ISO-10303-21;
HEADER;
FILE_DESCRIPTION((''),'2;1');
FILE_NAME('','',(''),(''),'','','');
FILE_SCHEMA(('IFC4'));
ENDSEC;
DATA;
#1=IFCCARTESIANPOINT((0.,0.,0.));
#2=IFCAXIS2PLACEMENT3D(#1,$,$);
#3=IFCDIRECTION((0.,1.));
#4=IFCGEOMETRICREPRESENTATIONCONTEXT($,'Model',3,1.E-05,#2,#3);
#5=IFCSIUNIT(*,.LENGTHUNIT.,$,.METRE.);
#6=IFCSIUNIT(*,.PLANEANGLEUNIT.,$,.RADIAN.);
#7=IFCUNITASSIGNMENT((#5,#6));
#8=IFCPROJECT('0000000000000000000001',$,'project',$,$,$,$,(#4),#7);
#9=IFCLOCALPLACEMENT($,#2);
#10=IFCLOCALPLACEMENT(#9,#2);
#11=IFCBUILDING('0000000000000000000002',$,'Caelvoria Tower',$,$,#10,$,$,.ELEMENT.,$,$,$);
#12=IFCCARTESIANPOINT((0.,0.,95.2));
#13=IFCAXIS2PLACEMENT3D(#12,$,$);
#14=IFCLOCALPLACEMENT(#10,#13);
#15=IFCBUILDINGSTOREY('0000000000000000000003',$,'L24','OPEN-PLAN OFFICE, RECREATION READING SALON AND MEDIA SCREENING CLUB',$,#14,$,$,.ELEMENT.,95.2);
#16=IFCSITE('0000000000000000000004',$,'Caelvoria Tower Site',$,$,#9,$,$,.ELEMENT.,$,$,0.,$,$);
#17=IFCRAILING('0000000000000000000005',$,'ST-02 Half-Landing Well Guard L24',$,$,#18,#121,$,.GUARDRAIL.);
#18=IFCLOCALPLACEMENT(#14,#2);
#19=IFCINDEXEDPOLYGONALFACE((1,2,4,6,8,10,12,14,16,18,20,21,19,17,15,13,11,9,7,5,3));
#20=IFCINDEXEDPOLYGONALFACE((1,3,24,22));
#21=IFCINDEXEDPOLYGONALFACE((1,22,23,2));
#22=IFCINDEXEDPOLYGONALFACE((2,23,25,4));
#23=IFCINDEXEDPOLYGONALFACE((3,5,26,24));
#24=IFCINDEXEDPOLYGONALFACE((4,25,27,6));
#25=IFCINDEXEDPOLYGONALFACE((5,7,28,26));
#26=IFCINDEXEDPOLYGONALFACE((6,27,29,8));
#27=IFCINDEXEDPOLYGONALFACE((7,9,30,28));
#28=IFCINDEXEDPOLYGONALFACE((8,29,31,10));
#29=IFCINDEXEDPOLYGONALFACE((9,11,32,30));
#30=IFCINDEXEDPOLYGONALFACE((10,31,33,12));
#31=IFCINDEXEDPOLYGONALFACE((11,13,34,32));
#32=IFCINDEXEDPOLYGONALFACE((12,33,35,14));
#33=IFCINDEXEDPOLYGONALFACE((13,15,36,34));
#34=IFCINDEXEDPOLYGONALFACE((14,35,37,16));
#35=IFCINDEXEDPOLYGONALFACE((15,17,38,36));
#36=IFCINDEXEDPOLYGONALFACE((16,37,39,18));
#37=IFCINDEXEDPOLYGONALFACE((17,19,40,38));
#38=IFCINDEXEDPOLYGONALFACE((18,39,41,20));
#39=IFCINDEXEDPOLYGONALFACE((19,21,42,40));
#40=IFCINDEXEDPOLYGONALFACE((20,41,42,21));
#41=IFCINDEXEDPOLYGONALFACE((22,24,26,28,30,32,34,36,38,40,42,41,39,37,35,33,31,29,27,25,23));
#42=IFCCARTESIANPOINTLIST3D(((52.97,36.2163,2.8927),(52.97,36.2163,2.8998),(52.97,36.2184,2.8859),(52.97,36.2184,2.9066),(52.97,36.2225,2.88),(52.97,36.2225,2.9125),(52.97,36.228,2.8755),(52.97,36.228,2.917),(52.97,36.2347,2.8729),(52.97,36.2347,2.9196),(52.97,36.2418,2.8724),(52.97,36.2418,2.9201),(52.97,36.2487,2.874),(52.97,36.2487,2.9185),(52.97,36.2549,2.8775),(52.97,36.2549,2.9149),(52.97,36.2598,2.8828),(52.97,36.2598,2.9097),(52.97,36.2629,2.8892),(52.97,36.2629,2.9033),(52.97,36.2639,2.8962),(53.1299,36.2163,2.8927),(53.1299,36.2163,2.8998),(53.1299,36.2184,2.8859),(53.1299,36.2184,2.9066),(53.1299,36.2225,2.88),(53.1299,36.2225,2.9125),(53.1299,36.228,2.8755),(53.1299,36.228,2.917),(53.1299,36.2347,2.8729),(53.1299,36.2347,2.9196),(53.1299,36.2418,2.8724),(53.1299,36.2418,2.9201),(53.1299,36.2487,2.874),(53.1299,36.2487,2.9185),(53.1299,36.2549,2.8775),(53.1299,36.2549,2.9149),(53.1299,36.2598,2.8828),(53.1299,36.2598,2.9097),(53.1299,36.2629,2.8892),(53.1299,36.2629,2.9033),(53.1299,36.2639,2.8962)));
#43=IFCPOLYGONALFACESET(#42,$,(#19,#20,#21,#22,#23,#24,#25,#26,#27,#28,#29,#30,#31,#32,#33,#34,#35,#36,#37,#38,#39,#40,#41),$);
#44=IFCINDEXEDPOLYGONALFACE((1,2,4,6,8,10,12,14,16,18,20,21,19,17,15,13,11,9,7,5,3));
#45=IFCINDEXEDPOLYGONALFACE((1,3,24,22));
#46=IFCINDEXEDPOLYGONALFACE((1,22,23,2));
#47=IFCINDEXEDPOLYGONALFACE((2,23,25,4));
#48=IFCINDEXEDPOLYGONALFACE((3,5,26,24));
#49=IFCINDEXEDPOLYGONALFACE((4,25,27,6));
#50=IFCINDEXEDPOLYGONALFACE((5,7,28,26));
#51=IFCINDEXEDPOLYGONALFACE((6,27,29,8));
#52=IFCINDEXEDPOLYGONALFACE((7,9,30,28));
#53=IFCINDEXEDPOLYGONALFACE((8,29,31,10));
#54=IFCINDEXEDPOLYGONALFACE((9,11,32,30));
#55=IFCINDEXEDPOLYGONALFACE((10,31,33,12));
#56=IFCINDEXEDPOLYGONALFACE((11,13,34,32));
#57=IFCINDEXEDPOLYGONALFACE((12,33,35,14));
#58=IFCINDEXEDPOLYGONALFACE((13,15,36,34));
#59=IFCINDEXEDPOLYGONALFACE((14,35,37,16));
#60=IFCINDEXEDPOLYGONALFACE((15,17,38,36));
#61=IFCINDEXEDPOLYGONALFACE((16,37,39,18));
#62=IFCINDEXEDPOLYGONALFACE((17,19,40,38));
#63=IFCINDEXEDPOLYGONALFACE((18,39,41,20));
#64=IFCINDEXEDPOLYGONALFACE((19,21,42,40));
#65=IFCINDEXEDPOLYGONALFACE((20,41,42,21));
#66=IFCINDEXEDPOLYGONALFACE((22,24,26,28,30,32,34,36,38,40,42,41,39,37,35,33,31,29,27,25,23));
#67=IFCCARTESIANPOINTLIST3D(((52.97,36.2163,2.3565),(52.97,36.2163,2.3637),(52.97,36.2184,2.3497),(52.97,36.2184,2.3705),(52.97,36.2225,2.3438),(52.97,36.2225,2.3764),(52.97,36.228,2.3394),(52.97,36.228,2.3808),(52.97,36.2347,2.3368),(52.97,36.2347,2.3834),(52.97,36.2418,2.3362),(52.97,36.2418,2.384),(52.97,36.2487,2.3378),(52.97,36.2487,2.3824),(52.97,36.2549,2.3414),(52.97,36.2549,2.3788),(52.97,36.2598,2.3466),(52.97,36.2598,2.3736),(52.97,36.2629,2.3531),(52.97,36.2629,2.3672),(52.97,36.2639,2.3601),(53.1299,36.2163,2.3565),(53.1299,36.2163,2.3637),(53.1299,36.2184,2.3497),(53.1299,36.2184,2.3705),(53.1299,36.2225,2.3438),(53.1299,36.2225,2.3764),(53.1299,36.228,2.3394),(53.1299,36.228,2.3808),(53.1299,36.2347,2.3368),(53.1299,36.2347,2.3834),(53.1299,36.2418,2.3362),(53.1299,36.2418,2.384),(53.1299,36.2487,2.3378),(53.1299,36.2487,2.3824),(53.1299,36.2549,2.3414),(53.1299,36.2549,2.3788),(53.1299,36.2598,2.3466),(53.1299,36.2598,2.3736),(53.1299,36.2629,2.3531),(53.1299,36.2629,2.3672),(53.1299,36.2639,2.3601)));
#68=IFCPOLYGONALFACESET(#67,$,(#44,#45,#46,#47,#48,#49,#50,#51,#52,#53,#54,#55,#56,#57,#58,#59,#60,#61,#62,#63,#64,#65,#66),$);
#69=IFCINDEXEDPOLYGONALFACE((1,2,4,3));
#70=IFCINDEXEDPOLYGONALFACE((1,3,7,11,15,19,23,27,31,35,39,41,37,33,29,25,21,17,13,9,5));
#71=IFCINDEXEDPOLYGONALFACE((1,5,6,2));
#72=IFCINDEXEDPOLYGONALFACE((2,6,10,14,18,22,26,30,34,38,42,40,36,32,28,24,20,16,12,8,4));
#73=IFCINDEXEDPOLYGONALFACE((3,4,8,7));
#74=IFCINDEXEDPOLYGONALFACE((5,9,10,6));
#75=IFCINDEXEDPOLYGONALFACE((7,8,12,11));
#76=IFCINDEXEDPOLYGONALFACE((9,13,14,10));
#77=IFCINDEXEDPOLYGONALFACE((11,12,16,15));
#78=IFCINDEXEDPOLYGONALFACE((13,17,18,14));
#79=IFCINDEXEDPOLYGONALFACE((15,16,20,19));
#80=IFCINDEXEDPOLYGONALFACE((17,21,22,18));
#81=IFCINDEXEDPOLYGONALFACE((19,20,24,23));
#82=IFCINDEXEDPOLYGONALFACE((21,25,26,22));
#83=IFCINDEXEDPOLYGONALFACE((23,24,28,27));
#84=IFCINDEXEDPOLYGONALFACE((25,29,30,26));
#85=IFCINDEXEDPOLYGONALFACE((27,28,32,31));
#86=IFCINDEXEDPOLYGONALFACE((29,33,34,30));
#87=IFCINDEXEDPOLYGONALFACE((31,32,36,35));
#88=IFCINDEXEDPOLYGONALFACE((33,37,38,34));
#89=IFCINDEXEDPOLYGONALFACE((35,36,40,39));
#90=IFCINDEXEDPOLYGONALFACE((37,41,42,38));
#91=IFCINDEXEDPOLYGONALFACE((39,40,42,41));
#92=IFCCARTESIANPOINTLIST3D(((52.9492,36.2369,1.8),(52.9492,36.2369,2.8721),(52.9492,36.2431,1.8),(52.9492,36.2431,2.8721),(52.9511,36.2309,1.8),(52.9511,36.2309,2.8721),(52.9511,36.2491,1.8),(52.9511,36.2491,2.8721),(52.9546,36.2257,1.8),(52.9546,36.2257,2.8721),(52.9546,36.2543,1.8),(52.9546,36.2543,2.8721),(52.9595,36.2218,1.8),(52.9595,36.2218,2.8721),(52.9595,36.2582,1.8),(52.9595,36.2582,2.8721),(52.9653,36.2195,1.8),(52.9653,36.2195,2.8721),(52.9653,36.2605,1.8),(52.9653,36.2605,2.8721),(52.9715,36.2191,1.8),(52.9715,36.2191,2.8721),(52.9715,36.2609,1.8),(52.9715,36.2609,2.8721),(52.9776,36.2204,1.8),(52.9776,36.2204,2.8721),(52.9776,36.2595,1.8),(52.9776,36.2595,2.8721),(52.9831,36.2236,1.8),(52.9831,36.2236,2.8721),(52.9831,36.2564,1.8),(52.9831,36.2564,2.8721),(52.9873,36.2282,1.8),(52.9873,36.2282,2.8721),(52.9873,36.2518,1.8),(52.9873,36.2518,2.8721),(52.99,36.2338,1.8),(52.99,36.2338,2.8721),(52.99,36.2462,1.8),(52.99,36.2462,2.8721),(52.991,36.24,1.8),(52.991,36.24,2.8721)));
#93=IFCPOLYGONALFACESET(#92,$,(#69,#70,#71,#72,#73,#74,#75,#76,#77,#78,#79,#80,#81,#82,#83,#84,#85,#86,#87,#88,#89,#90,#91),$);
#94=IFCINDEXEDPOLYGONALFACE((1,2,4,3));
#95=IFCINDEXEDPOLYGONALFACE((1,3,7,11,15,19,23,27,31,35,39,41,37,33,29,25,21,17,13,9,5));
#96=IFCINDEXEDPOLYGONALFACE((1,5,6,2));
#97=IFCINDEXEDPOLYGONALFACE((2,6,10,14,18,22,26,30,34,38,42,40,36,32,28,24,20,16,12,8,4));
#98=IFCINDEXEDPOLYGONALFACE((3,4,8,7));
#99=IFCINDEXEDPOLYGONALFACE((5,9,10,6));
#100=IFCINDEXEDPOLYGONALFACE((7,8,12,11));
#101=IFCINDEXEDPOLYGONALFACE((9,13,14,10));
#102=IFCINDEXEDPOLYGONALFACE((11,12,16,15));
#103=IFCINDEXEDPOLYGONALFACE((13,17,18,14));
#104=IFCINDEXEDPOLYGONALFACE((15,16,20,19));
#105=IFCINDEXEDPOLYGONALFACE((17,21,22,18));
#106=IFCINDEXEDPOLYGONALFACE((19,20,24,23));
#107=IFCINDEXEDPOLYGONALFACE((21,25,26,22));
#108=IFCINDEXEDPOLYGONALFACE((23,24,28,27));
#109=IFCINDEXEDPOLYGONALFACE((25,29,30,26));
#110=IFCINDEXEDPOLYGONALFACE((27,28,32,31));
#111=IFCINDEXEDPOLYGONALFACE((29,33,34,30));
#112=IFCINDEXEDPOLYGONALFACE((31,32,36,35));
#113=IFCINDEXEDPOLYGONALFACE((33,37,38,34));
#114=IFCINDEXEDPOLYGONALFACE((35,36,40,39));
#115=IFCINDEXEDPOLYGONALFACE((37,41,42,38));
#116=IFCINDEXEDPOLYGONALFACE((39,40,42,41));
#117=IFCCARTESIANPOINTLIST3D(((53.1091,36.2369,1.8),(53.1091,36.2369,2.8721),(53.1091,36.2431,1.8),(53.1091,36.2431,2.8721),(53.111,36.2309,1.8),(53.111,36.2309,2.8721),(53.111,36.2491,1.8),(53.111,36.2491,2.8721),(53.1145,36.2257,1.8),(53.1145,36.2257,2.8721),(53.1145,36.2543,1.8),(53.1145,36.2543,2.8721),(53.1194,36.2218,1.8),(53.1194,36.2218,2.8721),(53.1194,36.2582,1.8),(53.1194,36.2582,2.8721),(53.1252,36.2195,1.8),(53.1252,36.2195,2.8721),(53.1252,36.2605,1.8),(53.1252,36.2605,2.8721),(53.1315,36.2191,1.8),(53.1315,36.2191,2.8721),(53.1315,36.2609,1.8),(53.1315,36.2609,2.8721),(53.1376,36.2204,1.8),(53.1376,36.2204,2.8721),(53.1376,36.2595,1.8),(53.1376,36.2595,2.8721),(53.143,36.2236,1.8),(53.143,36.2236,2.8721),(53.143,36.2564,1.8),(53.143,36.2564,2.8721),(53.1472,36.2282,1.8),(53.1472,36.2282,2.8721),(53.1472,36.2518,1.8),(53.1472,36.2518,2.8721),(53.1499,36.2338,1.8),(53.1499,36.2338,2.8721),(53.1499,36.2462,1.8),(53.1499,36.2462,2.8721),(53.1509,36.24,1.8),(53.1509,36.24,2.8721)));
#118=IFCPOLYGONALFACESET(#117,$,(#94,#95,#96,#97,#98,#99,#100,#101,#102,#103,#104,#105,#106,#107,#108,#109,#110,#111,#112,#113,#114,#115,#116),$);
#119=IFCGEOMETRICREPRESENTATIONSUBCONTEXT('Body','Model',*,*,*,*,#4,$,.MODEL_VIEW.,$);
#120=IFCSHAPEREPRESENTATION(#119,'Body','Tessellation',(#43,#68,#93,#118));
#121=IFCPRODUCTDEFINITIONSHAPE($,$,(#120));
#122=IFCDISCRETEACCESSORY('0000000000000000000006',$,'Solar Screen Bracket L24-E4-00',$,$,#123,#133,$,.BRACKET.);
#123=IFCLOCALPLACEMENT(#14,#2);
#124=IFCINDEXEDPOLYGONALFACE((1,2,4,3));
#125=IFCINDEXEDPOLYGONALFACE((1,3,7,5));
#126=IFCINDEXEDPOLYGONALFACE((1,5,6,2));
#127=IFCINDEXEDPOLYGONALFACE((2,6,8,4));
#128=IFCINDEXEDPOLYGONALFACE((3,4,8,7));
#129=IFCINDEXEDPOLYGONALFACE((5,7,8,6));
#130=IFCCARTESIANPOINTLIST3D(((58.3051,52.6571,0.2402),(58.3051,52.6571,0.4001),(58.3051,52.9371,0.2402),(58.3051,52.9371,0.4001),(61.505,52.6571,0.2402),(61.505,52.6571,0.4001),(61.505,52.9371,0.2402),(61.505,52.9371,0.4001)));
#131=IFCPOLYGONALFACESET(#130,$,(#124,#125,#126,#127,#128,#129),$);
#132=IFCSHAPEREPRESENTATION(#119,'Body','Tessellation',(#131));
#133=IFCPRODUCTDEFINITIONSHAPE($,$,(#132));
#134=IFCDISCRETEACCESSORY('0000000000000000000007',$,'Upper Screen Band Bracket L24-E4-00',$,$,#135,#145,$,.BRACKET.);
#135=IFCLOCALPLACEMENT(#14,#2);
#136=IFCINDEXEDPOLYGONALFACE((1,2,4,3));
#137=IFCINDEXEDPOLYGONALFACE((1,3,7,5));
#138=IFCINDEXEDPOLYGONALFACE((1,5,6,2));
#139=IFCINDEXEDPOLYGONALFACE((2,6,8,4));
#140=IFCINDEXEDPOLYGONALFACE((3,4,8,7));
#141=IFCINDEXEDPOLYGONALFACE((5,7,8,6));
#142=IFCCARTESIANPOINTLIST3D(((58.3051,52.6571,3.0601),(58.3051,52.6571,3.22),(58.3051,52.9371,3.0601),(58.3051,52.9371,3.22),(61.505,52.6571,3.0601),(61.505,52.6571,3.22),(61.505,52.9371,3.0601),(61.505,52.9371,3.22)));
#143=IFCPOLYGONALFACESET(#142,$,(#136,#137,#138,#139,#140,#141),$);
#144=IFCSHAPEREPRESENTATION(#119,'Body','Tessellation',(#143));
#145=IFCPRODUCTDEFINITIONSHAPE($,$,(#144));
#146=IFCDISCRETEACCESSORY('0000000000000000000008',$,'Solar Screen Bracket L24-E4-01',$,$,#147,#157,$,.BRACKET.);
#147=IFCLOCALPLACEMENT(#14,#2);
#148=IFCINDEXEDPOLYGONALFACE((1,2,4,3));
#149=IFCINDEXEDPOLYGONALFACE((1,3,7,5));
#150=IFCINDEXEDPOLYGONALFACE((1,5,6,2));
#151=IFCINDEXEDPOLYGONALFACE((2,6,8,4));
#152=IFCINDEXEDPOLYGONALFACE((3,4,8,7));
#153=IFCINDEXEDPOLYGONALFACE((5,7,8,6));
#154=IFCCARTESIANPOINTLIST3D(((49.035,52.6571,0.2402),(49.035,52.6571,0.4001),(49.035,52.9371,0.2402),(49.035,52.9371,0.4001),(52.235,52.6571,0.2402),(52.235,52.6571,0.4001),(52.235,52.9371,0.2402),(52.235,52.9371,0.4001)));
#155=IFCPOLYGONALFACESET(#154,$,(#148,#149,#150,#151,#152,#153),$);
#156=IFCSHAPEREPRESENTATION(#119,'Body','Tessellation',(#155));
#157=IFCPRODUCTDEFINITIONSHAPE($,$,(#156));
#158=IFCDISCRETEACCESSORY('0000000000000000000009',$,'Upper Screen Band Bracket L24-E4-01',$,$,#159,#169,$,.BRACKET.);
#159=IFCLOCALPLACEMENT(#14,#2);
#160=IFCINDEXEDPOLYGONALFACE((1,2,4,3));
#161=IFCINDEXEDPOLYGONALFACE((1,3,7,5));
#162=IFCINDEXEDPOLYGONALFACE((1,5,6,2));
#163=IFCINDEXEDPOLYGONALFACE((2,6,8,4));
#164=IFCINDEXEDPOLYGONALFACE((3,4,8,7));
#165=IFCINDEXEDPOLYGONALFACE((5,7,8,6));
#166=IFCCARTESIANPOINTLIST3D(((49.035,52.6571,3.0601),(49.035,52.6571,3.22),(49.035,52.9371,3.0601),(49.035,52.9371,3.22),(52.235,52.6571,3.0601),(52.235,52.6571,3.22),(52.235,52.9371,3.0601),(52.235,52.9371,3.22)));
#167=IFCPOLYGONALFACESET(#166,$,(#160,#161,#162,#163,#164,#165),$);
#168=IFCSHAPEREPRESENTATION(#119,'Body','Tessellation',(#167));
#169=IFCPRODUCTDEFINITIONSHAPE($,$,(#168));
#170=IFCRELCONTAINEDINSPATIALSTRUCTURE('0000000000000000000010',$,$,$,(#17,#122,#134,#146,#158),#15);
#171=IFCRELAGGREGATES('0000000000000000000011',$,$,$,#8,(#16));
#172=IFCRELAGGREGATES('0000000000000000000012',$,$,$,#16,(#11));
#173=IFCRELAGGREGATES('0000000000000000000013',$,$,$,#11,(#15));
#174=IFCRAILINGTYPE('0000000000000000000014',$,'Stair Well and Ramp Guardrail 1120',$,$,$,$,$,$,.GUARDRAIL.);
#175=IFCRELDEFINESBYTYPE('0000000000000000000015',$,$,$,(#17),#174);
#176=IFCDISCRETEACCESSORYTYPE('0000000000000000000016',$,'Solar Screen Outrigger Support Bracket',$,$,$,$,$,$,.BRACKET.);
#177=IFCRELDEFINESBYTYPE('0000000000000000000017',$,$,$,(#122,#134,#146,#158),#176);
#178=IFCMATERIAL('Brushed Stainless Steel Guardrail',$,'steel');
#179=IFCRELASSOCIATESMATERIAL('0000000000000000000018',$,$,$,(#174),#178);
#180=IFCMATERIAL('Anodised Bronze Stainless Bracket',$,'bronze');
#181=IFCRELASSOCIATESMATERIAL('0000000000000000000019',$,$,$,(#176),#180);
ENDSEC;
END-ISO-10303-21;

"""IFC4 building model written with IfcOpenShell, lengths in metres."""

from ifc_helpers import new_model, si_unit, direction, frame, origin, origin_2d, place, context, subcontext, project, spatial, rectangle, circle, extrude, material, type_object, element, save


model = new_model("IFC4")

# Units and contexts
model_context = context("Model", 3, precision=1e-05, world=origin(), true_north=direction((0.0, 1.0)))
body_context = subcontext(model_context, "Body", "Model", "MODEL_VIEW")
ifc_project = project(units=[si_unit("LENGTHUNIT", "METRE"), si_unit("PLANEANGLEUNIT", "RADIAN")], contexts=[model_context])

# Site, building, storey
site_placement = place(None, origin())
site = spatial("IfcSite", under=ifc_project, at=site_placement, Name="Caelvoria Tower Site", CompositionType="ELEMENT", RefElevation=0.0)
building_placement = place(site_placement, origin())
building = spatial("IfcBuilding", under=site, at=building_placement, Name="Caelvoria Tower", CompositionType="ELEMENT")
storey_placement = place(building_placement, frame((0.0, 0.0, 95.2)))
storey = spatial("IfcBuildingStorey", under=building, at=storey_placement, Name="L24", Description="OPEN-PLAN OFFICE, RECREATION READING SALON AND MEDIA SCREENING CLUB", CompositionType="ELEMENT", Elevation=95.2)

# Railing
ifc_material_1 = material(Name="Brushed Stainless Steel Guardrail", Category="steel")
railing_type_1 = type_object("IfcRailingType", Name="Stair Well and Ramp Guardrail 1120", PredefinedType="GUARDRAIL", material=ifc_material_1)
railing_1_placement = place(storey_placement, frame((52.97, 36.24, 1.8)))
element("IfcRailing", 1, at=railing_1_placement, inside=storey, type_object=railing_type_1, Name="ST-02 Half-Landing Well Guard L24", PredefinedType="GUARDRAIL", context=body_context, shape_type="SweptSolid", body=[
    extrude(circle(Radius=0.0239, at=origin_2d()), frame((0.0, 0.0, 1.0962), z_axis=(1.0, 0.0, 0.0), x_axis=(0.0, 1.0, 0.0)), (0.0, 0.0, 1.0), 0.1599),
    extrude(circle(Radius=0.0239, at=origin_2d()), frame((0.0, 0.0, 0.5601), z_axis=(1.0, 0.0, 0.0), x_axis=(0.0, 1.0, 0.0)), (0.0, 0.0, 1.0), 0.1599),
    extrude(circle(Radius=0.021, at=origin_2d()), origin(), (0.0, 0.0, 1.0), 1.072),
    extrude(circle(Radius=0.021, at=origin_2d()), frame((0.1599, 0.0, 0.0)), (0.0, 0.0, 1.0), 1.072),
])

# Discrete accessories
ifc_material_2 = material(Name="Anodised Bronze Stainless Bracket", Category="bronze")
discrete_accessory_type = type_object("IfcDiscreteAccessoryType", Name="Solar Screen Outrigger Support Bracket", PredefinedType="BRACKET", material=ifc_material_2)
for number, where, z_axis, x_axis, name in (
    (2, (59.905, 52.7971, 0.2402), (0.0, 0.0, 1.0), (-1.0, 0.0, 0.0), "Solar Screen Bracket L24-E4-00"),
    (3, (59.905, 52.7971, 3.0601), (0.0, 0.0, 1.0), (-1.0, 0.0, 0.0), "Upper Screen Band Bracket L24-E4-00"),
    (4, (50.635, 52.7971, 0.2402), (0.0, 0.0, 1.0), (-1.0, 0.0, 0.0), "Solar Screen Bracket L24-E4-01"),
    (5, (50.635, 52.7971, 3.0601), (0.0, 0.0, 1.0), (-1.0, 0.0, 0.0), "Upper Screen Band Bracket L24-E4-01"),
):
    element("IfcDiscreteAccessory", number, at=place(storey_placement, frame(where, z_axis=z_axis, x_axis=x_axis)), inside=storey, type_object=discrete_accessory_type, Name=name, PredefinedType="BRACKET", context=body_context, shape_type="SweptSolid", body=[
        extrude(rectangle(XDim=3.2, YDim=0.28, at=origin_2d()), origin(), (0.0, 0.0, 1.0), 0.1599),
    ])

save(model, "model.ifc")
